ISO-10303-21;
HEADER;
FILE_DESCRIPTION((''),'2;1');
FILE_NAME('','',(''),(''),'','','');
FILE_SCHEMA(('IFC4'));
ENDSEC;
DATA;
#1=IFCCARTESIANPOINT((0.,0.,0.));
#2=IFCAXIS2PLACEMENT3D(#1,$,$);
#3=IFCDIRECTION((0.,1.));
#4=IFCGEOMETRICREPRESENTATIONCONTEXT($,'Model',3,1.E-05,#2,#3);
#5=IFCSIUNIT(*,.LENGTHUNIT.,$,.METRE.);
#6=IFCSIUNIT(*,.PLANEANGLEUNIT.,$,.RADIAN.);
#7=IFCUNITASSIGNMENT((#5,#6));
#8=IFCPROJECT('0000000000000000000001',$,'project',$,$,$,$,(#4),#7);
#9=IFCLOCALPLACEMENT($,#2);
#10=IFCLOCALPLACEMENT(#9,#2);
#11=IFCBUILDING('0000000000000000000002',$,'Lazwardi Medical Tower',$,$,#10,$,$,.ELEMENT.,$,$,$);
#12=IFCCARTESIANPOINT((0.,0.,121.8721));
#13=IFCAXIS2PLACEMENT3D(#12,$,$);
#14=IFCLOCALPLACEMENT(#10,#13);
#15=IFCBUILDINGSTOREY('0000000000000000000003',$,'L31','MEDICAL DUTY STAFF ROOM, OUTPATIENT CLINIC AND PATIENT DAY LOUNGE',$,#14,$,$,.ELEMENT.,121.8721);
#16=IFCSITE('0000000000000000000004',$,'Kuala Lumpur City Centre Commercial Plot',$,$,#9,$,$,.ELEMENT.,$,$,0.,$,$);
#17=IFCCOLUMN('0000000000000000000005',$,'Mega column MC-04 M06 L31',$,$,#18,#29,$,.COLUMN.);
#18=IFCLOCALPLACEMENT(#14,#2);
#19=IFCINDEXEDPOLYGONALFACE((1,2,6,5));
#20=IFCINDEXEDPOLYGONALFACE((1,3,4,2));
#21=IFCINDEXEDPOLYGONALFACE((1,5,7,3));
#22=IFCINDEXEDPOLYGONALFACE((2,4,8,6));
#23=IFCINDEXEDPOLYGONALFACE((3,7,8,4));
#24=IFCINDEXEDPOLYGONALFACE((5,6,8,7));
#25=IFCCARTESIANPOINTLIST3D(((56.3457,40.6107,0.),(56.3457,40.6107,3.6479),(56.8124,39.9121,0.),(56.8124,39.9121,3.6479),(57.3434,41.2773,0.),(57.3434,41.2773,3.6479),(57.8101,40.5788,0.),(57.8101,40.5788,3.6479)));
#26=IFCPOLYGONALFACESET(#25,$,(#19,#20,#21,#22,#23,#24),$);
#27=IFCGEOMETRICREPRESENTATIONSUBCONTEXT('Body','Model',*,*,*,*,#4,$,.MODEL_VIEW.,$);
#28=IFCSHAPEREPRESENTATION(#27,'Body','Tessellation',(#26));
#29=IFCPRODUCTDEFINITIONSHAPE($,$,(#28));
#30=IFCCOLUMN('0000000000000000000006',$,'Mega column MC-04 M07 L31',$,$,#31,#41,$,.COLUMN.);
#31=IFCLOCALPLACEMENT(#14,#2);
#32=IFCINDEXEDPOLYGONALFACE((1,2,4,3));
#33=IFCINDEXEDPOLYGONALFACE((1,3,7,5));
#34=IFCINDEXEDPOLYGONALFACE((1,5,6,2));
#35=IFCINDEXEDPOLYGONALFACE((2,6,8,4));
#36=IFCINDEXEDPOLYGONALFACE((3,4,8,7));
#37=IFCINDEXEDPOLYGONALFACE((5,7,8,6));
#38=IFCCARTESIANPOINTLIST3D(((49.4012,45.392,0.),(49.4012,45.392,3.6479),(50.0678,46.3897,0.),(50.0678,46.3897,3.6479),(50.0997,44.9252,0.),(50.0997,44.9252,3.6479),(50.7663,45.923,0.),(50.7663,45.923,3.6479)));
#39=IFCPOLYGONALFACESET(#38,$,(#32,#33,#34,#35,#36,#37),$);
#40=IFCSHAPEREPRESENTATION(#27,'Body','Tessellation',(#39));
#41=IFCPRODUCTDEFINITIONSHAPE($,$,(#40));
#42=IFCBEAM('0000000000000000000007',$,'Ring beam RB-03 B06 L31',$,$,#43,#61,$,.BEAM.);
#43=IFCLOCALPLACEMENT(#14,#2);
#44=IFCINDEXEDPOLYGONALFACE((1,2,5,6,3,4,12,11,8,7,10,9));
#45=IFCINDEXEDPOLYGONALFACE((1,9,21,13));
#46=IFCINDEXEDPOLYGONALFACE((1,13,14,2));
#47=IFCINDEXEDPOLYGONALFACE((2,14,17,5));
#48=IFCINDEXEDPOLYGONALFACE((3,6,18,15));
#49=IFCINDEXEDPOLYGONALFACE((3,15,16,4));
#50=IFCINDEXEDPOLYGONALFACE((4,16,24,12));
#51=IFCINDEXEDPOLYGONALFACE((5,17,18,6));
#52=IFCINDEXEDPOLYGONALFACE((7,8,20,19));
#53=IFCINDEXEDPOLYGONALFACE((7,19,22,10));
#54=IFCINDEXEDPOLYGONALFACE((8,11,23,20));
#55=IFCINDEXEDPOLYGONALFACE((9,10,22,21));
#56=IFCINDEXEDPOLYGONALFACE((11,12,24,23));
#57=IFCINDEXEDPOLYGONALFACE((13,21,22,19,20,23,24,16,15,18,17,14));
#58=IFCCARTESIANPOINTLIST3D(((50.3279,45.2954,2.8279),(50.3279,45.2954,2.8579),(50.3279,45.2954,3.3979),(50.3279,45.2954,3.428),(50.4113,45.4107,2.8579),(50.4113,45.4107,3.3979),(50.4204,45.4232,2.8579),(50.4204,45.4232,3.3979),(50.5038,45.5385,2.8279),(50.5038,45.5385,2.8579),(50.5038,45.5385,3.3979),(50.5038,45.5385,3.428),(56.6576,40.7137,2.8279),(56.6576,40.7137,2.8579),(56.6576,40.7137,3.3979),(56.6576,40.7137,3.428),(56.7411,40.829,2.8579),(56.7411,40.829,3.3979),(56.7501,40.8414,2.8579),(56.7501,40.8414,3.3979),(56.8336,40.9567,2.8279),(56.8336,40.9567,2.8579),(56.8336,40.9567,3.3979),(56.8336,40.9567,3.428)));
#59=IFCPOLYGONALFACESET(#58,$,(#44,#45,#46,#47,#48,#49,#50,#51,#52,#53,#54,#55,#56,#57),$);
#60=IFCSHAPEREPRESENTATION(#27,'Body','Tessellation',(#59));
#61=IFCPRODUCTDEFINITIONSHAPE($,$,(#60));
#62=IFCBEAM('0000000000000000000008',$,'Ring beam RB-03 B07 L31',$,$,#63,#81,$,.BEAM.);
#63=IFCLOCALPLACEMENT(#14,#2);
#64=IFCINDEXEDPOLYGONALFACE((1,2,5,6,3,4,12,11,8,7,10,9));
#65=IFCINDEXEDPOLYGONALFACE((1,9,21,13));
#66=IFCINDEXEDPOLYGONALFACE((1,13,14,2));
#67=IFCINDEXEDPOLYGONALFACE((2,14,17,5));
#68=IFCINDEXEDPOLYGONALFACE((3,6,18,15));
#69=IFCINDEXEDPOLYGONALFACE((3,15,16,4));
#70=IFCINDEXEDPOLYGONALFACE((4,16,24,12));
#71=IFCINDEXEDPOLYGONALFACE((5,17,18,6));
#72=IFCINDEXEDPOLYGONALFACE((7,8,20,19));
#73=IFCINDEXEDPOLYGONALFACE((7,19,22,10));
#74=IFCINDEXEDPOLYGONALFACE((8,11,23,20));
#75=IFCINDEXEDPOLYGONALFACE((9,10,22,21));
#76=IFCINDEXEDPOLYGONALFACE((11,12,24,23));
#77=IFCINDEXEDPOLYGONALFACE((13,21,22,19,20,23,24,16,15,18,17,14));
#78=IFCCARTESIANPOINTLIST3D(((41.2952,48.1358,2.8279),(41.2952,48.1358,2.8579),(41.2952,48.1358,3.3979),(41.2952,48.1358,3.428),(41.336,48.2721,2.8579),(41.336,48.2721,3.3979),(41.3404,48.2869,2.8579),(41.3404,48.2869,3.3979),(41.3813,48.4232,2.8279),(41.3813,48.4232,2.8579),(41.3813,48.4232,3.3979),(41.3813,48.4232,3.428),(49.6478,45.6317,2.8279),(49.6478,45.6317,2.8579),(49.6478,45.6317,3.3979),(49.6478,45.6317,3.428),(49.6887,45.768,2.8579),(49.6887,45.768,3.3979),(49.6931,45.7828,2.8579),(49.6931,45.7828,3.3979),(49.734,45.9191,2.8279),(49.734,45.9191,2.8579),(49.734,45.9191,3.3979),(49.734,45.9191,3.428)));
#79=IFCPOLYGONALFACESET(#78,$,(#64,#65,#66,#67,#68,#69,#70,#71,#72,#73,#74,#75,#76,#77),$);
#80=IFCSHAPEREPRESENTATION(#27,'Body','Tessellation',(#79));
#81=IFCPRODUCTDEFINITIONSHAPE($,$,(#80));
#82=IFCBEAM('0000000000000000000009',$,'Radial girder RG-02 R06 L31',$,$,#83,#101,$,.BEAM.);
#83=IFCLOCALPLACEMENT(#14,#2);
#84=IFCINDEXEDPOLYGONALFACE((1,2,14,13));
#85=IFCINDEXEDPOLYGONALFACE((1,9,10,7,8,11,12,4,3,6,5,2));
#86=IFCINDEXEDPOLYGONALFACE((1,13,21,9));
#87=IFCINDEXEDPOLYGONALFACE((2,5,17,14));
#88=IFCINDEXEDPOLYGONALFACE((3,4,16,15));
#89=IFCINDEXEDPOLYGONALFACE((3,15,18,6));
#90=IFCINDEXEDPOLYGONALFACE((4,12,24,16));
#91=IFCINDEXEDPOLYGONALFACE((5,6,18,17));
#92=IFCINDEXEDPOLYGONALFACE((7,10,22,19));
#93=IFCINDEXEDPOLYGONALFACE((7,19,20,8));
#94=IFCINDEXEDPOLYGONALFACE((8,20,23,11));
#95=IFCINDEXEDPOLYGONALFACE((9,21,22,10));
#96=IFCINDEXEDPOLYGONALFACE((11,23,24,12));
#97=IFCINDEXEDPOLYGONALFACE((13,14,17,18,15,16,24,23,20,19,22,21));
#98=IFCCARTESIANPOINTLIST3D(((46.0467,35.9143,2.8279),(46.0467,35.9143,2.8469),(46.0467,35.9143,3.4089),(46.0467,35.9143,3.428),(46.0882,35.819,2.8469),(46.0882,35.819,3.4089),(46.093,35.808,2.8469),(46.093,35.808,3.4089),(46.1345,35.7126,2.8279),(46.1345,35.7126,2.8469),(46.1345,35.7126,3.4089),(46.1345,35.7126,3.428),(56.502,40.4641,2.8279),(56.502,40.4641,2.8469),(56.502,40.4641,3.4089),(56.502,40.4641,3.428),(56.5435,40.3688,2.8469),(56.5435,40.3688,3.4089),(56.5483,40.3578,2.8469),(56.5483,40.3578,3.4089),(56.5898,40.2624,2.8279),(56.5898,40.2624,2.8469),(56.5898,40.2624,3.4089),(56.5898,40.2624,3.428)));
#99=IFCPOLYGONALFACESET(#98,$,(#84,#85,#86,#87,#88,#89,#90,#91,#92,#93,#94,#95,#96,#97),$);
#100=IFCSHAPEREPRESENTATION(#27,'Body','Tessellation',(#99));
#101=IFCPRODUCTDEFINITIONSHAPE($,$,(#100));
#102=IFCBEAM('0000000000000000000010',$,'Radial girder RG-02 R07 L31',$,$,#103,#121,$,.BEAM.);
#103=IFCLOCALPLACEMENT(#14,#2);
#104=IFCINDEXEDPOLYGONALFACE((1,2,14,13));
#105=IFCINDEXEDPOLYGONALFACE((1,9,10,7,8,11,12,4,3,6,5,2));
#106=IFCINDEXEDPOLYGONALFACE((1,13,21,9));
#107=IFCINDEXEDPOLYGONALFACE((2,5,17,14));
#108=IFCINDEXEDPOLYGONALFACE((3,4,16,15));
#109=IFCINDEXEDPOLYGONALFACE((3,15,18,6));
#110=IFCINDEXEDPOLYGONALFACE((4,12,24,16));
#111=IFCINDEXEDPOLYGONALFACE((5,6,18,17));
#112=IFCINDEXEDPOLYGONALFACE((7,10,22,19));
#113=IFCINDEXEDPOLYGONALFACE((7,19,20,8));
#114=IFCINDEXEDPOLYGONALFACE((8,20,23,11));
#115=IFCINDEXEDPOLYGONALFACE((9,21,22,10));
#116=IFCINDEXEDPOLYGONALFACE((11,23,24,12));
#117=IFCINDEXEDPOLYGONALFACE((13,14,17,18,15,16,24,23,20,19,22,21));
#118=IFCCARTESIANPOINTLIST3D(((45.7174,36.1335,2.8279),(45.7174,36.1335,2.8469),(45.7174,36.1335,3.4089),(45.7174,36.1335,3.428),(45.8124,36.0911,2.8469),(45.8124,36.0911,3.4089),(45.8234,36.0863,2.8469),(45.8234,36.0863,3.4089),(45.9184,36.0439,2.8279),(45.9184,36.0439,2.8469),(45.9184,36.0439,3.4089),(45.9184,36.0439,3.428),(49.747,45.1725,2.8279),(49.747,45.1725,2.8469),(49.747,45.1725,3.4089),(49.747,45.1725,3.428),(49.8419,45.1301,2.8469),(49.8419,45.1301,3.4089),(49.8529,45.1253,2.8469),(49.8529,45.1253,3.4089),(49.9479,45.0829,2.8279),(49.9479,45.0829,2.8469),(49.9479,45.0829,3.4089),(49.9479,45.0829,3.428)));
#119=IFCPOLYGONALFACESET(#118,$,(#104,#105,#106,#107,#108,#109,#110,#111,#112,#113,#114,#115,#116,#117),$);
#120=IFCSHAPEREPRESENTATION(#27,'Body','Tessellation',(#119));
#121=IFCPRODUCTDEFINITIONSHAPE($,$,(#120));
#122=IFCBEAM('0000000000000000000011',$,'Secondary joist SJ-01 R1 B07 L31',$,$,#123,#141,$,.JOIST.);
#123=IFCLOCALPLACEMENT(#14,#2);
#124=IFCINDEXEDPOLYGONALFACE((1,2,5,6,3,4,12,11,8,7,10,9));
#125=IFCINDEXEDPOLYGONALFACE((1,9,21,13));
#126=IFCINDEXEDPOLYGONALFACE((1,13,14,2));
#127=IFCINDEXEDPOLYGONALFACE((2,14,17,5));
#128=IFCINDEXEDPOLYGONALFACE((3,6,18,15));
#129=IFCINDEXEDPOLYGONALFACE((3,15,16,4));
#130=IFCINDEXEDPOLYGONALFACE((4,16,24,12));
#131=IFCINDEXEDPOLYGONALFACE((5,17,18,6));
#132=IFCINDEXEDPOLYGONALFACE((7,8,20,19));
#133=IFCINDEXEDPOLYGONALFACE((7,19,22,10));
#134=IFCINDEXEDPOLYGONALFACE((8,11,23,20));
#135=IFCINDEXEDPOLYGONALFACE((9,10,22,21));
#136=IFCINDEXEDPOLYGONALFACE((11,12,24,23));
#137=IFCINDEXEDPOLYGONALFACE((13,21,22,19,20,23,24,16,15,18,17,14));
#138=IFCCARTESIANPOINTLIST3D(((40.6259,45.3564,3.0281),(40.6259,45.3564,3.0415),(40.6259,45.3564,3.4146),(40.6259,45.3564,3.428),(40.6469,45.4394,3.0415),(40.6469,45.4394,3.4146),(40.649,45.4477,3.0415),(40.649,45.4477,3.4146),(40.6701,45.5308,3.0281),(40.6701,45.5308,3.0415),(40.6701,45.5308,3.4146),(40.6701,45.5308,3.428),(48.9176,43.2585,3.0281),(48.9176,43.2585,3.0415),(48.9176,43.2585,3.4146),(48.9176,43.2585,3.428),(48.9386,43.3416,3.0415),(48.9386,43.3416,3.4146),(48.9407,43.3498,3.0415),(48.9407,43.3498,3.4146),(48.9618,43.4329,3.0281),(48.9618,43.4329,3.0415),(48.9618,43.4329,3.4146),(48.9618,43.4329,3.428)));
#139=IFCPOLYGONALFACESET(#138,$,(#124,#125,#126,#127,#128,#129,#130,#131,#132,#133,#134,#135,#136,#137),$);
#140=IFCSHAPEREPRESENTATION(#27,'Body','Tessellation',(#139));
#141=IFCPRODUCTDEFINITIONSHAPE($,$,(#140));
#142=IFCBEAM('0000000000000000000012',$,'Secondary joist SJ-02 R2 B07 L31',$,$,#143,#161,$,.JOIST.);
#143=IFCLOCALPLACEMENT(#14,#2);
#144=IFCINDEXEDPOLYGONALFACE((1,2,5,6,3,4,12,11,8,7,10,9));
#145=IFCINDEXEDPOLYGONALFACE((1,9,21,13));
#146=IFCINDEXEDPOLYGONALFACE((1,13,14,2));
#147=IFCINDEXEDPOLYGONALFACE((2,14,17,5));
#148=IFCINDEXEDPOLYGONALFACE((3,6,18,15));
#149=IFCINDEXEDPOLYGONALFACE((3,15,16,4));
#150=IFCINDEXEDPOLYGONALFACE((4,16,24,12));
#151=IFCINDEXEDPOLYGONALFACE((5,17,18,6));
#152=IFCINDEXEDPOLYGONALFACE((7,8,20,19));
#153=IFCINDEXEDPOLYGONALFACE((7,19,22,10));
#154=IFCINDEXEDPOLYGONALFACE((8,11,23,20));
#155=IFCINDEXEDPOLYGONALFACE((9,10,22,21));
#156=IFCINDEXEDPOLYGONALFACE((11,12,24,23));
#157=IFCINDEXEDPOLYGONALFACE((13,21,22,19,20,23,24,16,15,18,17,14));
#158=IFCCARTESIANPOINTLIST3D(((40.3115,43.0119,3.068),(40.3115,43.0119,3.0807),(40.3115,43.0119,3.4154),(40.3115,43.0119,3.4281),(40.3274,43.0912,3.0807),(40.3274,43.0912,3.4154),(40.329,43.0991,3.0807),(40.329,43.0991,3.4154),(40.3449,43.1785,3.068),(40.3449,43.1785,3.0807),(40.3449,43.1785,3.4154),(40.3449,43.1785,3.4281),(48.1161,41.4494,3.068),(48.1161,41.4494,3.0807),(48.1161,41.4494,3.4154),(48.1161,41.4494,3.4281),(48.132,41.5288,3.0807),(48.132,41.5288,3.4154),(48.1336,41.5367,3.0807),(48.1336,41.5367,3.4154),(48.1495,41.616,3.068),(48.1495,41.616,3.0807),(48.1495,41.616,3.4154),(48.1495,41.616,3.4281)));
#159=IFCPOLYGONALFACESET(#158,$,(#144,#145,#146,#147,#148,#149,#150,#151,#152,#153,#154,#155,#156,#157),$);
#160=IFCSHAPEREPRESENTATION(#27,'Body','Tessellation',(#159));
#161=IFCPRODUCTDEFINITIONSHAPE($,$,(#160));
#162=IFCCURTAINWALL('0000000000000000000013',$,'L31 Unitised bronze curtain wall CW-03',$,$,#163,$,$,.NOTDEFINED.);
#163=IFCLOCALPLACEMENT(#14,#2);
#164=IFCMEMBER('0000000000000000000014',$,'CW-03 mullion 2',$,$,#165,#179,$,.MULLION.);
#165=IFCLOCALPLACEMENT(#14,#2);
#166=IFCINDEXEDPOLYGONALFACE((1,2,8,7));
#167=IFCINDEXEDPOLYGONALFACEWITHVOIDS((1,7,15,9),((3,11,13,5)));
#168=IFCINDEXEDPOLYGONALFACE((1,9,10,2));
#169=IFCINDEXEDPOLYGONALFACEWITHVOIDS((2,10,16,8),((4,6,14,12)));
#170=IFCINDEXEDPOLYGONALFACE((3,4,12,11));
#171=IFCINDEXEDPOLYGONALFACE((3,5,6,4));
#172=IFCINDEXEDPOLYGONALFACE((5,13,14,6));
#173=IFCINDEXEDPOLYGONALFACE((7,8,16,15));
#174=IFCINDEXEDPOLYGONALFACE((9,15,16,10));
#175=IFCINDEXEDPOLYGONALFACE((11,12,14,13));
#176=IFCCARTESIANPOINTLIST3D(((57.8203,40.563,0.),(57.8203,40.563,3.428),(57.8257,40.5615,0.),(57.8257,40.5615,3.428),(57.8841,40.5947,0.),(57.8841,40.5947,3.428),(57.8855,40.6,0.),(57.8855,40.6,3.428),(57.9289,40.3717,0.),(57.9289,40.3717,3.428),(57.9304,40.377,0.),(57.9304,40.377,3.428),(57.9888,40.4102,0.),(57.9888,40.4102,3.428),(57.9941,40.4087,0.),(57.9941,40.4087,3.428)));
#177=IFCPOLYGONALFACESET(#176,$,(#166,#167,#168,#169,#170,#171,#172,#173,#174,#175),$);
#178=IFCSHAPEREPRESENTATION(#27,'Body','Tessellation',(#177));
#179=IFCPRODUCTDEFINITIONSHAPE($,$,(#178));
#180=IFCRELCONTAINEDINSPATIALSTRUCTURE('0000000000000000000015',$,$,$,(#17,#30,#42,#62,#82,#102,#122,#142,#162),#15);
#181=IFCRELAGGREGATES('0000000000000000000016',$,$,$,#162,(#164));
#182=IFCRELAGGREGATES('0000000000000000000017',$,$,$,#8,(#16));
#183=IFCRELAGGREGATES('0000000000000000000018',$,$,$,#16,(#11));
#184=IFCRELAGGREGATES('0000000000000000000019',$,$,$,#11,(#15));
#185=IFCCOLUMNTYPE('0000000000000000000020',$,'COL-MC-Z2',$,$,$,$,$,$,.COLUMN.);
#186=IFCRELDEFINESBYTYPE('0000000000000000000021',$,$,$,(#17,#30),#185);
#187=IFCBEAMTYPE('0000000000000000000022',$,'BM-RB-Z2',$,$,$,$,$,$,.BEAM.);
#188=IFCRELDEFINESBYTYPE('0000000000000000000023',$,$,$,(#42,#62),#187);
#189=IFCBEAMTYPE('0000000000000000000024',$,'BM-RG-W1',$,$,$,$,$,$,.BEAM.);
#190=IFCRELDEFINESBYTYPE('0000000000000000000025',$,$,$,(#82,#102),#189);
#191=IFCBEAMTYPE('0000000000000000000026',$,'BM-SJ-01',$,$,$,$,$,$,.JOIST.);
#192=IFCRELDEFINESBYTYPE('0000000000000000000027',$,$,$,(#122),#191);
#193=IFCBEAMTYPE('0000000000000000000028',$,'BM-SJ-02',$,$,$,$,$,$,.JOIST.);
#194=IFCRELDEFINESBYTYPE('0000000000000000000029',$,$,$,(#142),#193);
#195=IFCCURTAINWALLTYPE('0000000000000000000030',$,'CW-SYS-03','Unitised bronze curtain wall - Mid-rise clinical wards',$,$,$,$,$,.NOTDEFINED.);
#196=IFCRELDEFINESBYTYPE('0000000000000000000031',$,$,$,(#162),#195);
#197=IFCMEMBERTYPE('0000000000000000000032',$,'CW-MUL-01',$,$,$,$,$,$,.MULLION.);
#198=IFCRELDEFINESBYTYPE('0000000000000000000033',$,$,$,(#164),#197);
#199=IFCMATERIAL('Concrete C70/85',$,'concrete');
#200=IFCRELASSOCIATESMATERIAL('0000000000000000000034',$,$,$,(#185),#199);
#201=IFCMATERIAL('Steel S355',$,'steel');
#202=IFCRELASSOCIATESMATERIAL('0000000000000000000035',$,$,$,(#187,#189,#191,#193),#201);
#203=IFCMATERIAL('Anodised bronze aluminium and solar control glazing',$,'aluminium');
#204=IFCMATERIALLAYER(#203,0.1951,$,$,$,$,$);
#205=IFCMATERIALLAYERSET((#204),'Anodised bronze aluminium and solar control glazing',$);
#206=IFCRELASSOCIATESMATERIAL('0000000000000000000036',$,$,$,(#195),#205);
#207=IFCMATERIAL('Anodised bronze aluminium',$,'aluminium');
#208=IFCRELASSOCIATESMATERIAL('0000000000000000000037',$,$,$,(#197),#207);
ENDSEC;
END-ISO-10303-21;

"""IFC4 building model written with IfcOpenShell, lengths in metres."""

from ifc_helpers import new_model, si_unit, direction, frame, origin, origin_2d, place, context, subcontext, project, spatial, rectangle, hollow_rectangle, i_section, extrude, material, layer, layer_set, material_profile, profile_set, type_object, element, aggregate, save


model = new_model("IFC4")

# Units and contexts
model_context = context("Model", 3, precision=1e-05, world=origin(), true_north=direction((0.0, 1.0)))
body_context = subcontext(model_context, "Body", "Model", "MODEL_VIEW")
ifc_project = project(units=[si_unit("LENGTHUNIT", "METRE"), si_unit("PLANEANGLEUNIT", "RADIAN")], contexts=[model_context])

# Site, building, storey
site_placement = place(None, origin())
site = spatial("IfcSite", under=ifc_project, at=site_placement, Name="Kuala Lumpur City Centre Commercial Plot", CompositionType="ELEMENT", RefElevation=0.0)
building_placement = place(site_placement, origin())
building = spatial("IfcBuilding", under=site, at=building_placement, Name="Lazwardi Medical Tower", CompositionType="ELEMENT")
storey_placement = place(building_placement, frame((0.0, 0.0, 121.8721)))
storey = spatial("IfcBuildingStorey", under=building, at=storey_placement, Name="L31", Description="MEDICAL DUTY STAFF ROOM, OUTPATIENT CLINIC AND PATIENT DAY LOUNGE", CompositionType="ELEMENT", Elevation=121.8721)

# Columns
ifc_material_1 = material(Name="Concrete C70/85", Category="concrete")
ifc_material_profile_1 = material_profile(ifc_material_1, rectangle(XDim=1.2, YDim=0.8401, at=origin_2d()), Name="CFT-RECT 1200x840")
ifc_profile_set_1 = profile_set([ifc_material_profile_1], Name="Concrete C70/85")
column_type = type_object("IfcColumnType", Name="COL-MC-Z2", PredefinedType="COLUMN", material=ifc_profile_set_1)
for number, where, z_axis, x_axis, name in (
    (1, (57.0779, 40.5947, 0.0), (0.0, 0.0, 1.0), (0.83147, 0.55557, 0.0), "Mega column MC-04 M06 L31"),
    (2, (50.0837, 45.6575, 0.0), (0.0, 0.0, 1.0), (0.55557, 0.83147, 0.0), "Mega column MC-04 M07 L31"),
):
    element("IfcColumn", number, at=place(storey_placement, frame(where, z_axis=z_axis, x_axis=x_axis)), inside=storey, type_object=column_type, Name=name, PredefinedType="COLUMN", context=body_context, shape_type="SweptSolid", body=[
        extrude(rectangle(XDim=1.2, YDim=0.8401, at=origin_2d()), origin(), (0.0, 0.0, 1.0), 3.6479),
    ])

# Beams
ifc_material_2 = material(Name="Steel S355", Category="steel")
ifc_material_profile_2 = material_profile(ifc_material_2, i_section(OverallWidth=0.3, OverallDepth=0.6001, WebThickness=0.0154, FlangeThickness=0.03, at=origin_2d()), Name="HEB 600")
ifc_profile_set_2 = profile_set([ifc_material_profile_2], Name="Steel S355")
beam_type_1 = type_object("IfcBeamType", Name="BM-RB-Z2", PredefinedType="BEAM", material=ifc_profile_set_2)
beam_1_placement = place(storey_placement, frame((56.7456, 40.8352, 3.1279), z_axis=(-0.810057, 0.586351, 0.0), x_axis=(-0.586351, -0.810057, 0.0)))
element("IfcBeam", 3, at=beam_1_placement, inside=storey, type_object=beam_type_1, Name="Ring beam RB-03 B06 L31", PredefinedType="BEAM", context=body_context, shape_type="SweptSolid", body=[
    extrude(i_section(OverallWidth=0.3, OverallDepth=0.6001, WebThickness=0.0154, FlangeThickness=0.03, at=origin_2d()), origin(), (0.0, 0.0, 1.0), 7.814),
])
beam_2_placement = place(storey_placement, frame((49.6909, 45.7754, 3.1279), z_axis=(-0.957879, 0.287171, 0.0), x_axis=(-0.287171, -0.957879, 0.0)))
element("IfcBeam", 4, at=beam_2_placement, inside=storey, type_object=beam_type_1, Name="Ring beam RB-03 B07 L31", PredefinedType="BEAM", context=body_context, shape_type="SweptSolid", body=[
    extrude(i_section(OverallWidth=0.3, OverallDepth=0.6001, WebThickness=0.0154, FlangeThickness=0.03, at=origin_2d()), origin(), (0.0, 0.0, 1.0), 8.72),
])
ifc_material_profile_3 = material_profile(ifc_material_2, i_section(OverallWidth=0.22, OverallDepth=0.6001, WebThickness=0.012, FlangeThickness=0.019, at=origin_2d()), Name="IPE 600")
ifc_profile_set_3 = profile_set([ifc_material_profile_3], Name="Steel S355")
beam_type_2 = type_object("IfcBeamType", Name="BM-RG-W1", PredefinedType="BEAM", material=ifc_profile_set_3)
beam_3_placement = place(storey_placement, frame((56.5459, 40.3633, 3.1279), z_axis=(-0.916941, -0.399022, 0.0), x_axis=(0.399022, -0.916941, 0.0)))
element("IfcBeam", 5, at=beam_3_placement, inside=storey, type_object=beam_type_2, Name="Radial girder RG-02 R06 L31", PredefinedType="BEAM", context=body_context, shape_type="SweptSolid", body=[
    extrude(i_section(OverallWidth=0.22, OverallDepth=0.6001, WebThickness=0.012, FlangeThickness=0.019, at=origin_2d()), origin(), (0.0, 0.0, 1.0), 11.4023),
])
beam_4_placement = place(storey_placement, frame((49.8474, 45.1277, 3.1279), z_axis=(-0.407166, -0.913354, 0.0), x_axis=(0.913354, -0.407166, 0.0)))
element("IfcBeam", 6, at=beam_4_placement, inside=storey, type_object=beam_type_2, Name="Radial girder RG-02 R07 L31", PredefinedType="BEAM", context=body_context, shape_type="SweptSolid", body=[
    extrude(i_section(OverallWidth=0.22, OverallDepth=0.6001, WebThickness=0.012, FlangeThickness=0.019, at=origin_2d()), origin(), (0.0, 0.0, 1.0), 9.8965),
])
ifc_material_profile_4 = material_profile(ifc_material_2, i_section(OverallWidth=0.1799, OverallDepth=0.3999, WebThickness=0.0085, FlangeThickness=0.0134, at=origin_2d()), Name="IPE 400")
ifc_profile_set_4 = profile_set([ifc_material_profile_4], Name="Steel S355")
beam_type_3 = type_object("IfcBeamType", Name="BM-SJ-01", PredefinedType="JOIST", material=ifc_profile_set_4)
beam_5_placement = place(storey_placement, frame((48.9397, 43.3457, 3.228), z_axis=(-0.969452, 0.245282, 0.0), x_axis=(-0.245282, -0.969452, 0.0)))
element("IfcBeam", 7, at=beam_5_placement, inside=storey, type_object=beam_type_3, Name="Secondary joist SJ-01 R1 B07 L31", PredefinedType="JOIST", context=body_context, shape_type="SweptSolid", body=[
    extrude(i_section(OverallWidth=0.1799, OverallDepth=0.3999, WebThickness=0.0085, FlangeThickness=0.0134, at=origin_2d()), origin(), (0.0, 0.0, 1.0), 8.553),
])
ifc_material_profile_5 = material_profile(ifc_material_2, i_section(OverallWidth=0.1699, OverallDepth=0.3601, WebThickness=0.0081, FlangeThickness=0.0127, at=origin_2d()), Name="IPE 360")
ifc_profile_set_5 = profile_set([ifc_material_profile_5], Name="Steel S355")
beam_type_4 = type_object("IfcBeamType", Name="BM-SJ-02", PredefinedType="JOIST", material=ifc_profile_set_5)
beam_6_placement = place(storey_placement, frame((48.1328, 41.5327, 3.248), z_axis=(-0.980543, 0.196305, 0.0), x_axis=(-0.196305, -0.980543, 0.0)))
element("IfcBeam", 8, at=beam_6_placement, inside=storey, type_object=beam_type_4, Name="Secondary joist SJ-02 R2 B07 L31", PredefinedType="JOIST", context=body_context, shape_type="SweptSolid", body=[
    extrude(i_section(OverallWidth=0.1699, OverallDepth=0.3601, WebThickness=0.0081, FlangeThickness=0.0127, at=origin_2d()), origin(), (0.0, 0.0, 1.0), 7.9595),
])

# Curtain wall, member
ifc_material_3 = material(Name="Anodised bronze aluminium and solar control glazing", Category="aluminium")
ifc_layer_1 = layer(ifc_material_3, 0.1951)
ifc_layer_set_1 = layer_set([ifc_layer_1], Name="Anodised bronze aluminium and solar control glazing")
curtain_wall_type = type_object("IfcCurtainWallType", Name="CW-SYS-03", Description="Unitised bronze curtain wall - Mid-rise clinical wards", PredefinedType="NOTDEFINED", material=ifc_layer_set_1)
curtain_wall_1_placement = place(storey_placement, origin())
curtain_wall_1 = element("IfcCurtainWall", 9, at=curtain_wall_1_placement, inside=storey, type_object=curtain_wall_type, Name="L31 Unitised bronze curtain wall CW-03", PredefinedType="NOTDEFINED")
ifc_material_4 = material(Name="Anodised bronze aluminium", Category="aluminium")
ifc_material_profile_6 = material_profile(ifc_material_4, hollow_rectangle(XDim=0.075, YDim=0.22, WallThickness=0.0039, at=origin_2d()), Name="ALU-MULLION 220x75x4")
ifc_profile_set_6 = profile_set([ifc_material_profile_6], Name="Anodised bronze aluminium")
member_type_1 = type_object("IfcMemberType", Name="CW-MUL-01", PredefinedType="MULLION", material=ifc_profile_set_6)
member_1_placement = place(storey_placement, frame((57.9072, 40.4858, 0.0), z_axis=(0.0, 0.0, 1.0), x_axis=(-0.869687, -0.493603, 0.0)))
member_1 = element("IfcMember", 10, at=member_1_placement, type_object=member_type_1, Name="CW-03 mullion 2", PredefinedType="MULLION", context=body_context, shape_type="SweptSolid", body=[
    extrude(hollow_rectangle(XDim=0.075, YDim=0.22, WallThickness=0.0039, at=origin_2d()), origin(), (0.0, 0.0, 1.0), 3.428),
])
aggregate(curtain_wall_1, [member_1])

save(model, "model.ifc")
